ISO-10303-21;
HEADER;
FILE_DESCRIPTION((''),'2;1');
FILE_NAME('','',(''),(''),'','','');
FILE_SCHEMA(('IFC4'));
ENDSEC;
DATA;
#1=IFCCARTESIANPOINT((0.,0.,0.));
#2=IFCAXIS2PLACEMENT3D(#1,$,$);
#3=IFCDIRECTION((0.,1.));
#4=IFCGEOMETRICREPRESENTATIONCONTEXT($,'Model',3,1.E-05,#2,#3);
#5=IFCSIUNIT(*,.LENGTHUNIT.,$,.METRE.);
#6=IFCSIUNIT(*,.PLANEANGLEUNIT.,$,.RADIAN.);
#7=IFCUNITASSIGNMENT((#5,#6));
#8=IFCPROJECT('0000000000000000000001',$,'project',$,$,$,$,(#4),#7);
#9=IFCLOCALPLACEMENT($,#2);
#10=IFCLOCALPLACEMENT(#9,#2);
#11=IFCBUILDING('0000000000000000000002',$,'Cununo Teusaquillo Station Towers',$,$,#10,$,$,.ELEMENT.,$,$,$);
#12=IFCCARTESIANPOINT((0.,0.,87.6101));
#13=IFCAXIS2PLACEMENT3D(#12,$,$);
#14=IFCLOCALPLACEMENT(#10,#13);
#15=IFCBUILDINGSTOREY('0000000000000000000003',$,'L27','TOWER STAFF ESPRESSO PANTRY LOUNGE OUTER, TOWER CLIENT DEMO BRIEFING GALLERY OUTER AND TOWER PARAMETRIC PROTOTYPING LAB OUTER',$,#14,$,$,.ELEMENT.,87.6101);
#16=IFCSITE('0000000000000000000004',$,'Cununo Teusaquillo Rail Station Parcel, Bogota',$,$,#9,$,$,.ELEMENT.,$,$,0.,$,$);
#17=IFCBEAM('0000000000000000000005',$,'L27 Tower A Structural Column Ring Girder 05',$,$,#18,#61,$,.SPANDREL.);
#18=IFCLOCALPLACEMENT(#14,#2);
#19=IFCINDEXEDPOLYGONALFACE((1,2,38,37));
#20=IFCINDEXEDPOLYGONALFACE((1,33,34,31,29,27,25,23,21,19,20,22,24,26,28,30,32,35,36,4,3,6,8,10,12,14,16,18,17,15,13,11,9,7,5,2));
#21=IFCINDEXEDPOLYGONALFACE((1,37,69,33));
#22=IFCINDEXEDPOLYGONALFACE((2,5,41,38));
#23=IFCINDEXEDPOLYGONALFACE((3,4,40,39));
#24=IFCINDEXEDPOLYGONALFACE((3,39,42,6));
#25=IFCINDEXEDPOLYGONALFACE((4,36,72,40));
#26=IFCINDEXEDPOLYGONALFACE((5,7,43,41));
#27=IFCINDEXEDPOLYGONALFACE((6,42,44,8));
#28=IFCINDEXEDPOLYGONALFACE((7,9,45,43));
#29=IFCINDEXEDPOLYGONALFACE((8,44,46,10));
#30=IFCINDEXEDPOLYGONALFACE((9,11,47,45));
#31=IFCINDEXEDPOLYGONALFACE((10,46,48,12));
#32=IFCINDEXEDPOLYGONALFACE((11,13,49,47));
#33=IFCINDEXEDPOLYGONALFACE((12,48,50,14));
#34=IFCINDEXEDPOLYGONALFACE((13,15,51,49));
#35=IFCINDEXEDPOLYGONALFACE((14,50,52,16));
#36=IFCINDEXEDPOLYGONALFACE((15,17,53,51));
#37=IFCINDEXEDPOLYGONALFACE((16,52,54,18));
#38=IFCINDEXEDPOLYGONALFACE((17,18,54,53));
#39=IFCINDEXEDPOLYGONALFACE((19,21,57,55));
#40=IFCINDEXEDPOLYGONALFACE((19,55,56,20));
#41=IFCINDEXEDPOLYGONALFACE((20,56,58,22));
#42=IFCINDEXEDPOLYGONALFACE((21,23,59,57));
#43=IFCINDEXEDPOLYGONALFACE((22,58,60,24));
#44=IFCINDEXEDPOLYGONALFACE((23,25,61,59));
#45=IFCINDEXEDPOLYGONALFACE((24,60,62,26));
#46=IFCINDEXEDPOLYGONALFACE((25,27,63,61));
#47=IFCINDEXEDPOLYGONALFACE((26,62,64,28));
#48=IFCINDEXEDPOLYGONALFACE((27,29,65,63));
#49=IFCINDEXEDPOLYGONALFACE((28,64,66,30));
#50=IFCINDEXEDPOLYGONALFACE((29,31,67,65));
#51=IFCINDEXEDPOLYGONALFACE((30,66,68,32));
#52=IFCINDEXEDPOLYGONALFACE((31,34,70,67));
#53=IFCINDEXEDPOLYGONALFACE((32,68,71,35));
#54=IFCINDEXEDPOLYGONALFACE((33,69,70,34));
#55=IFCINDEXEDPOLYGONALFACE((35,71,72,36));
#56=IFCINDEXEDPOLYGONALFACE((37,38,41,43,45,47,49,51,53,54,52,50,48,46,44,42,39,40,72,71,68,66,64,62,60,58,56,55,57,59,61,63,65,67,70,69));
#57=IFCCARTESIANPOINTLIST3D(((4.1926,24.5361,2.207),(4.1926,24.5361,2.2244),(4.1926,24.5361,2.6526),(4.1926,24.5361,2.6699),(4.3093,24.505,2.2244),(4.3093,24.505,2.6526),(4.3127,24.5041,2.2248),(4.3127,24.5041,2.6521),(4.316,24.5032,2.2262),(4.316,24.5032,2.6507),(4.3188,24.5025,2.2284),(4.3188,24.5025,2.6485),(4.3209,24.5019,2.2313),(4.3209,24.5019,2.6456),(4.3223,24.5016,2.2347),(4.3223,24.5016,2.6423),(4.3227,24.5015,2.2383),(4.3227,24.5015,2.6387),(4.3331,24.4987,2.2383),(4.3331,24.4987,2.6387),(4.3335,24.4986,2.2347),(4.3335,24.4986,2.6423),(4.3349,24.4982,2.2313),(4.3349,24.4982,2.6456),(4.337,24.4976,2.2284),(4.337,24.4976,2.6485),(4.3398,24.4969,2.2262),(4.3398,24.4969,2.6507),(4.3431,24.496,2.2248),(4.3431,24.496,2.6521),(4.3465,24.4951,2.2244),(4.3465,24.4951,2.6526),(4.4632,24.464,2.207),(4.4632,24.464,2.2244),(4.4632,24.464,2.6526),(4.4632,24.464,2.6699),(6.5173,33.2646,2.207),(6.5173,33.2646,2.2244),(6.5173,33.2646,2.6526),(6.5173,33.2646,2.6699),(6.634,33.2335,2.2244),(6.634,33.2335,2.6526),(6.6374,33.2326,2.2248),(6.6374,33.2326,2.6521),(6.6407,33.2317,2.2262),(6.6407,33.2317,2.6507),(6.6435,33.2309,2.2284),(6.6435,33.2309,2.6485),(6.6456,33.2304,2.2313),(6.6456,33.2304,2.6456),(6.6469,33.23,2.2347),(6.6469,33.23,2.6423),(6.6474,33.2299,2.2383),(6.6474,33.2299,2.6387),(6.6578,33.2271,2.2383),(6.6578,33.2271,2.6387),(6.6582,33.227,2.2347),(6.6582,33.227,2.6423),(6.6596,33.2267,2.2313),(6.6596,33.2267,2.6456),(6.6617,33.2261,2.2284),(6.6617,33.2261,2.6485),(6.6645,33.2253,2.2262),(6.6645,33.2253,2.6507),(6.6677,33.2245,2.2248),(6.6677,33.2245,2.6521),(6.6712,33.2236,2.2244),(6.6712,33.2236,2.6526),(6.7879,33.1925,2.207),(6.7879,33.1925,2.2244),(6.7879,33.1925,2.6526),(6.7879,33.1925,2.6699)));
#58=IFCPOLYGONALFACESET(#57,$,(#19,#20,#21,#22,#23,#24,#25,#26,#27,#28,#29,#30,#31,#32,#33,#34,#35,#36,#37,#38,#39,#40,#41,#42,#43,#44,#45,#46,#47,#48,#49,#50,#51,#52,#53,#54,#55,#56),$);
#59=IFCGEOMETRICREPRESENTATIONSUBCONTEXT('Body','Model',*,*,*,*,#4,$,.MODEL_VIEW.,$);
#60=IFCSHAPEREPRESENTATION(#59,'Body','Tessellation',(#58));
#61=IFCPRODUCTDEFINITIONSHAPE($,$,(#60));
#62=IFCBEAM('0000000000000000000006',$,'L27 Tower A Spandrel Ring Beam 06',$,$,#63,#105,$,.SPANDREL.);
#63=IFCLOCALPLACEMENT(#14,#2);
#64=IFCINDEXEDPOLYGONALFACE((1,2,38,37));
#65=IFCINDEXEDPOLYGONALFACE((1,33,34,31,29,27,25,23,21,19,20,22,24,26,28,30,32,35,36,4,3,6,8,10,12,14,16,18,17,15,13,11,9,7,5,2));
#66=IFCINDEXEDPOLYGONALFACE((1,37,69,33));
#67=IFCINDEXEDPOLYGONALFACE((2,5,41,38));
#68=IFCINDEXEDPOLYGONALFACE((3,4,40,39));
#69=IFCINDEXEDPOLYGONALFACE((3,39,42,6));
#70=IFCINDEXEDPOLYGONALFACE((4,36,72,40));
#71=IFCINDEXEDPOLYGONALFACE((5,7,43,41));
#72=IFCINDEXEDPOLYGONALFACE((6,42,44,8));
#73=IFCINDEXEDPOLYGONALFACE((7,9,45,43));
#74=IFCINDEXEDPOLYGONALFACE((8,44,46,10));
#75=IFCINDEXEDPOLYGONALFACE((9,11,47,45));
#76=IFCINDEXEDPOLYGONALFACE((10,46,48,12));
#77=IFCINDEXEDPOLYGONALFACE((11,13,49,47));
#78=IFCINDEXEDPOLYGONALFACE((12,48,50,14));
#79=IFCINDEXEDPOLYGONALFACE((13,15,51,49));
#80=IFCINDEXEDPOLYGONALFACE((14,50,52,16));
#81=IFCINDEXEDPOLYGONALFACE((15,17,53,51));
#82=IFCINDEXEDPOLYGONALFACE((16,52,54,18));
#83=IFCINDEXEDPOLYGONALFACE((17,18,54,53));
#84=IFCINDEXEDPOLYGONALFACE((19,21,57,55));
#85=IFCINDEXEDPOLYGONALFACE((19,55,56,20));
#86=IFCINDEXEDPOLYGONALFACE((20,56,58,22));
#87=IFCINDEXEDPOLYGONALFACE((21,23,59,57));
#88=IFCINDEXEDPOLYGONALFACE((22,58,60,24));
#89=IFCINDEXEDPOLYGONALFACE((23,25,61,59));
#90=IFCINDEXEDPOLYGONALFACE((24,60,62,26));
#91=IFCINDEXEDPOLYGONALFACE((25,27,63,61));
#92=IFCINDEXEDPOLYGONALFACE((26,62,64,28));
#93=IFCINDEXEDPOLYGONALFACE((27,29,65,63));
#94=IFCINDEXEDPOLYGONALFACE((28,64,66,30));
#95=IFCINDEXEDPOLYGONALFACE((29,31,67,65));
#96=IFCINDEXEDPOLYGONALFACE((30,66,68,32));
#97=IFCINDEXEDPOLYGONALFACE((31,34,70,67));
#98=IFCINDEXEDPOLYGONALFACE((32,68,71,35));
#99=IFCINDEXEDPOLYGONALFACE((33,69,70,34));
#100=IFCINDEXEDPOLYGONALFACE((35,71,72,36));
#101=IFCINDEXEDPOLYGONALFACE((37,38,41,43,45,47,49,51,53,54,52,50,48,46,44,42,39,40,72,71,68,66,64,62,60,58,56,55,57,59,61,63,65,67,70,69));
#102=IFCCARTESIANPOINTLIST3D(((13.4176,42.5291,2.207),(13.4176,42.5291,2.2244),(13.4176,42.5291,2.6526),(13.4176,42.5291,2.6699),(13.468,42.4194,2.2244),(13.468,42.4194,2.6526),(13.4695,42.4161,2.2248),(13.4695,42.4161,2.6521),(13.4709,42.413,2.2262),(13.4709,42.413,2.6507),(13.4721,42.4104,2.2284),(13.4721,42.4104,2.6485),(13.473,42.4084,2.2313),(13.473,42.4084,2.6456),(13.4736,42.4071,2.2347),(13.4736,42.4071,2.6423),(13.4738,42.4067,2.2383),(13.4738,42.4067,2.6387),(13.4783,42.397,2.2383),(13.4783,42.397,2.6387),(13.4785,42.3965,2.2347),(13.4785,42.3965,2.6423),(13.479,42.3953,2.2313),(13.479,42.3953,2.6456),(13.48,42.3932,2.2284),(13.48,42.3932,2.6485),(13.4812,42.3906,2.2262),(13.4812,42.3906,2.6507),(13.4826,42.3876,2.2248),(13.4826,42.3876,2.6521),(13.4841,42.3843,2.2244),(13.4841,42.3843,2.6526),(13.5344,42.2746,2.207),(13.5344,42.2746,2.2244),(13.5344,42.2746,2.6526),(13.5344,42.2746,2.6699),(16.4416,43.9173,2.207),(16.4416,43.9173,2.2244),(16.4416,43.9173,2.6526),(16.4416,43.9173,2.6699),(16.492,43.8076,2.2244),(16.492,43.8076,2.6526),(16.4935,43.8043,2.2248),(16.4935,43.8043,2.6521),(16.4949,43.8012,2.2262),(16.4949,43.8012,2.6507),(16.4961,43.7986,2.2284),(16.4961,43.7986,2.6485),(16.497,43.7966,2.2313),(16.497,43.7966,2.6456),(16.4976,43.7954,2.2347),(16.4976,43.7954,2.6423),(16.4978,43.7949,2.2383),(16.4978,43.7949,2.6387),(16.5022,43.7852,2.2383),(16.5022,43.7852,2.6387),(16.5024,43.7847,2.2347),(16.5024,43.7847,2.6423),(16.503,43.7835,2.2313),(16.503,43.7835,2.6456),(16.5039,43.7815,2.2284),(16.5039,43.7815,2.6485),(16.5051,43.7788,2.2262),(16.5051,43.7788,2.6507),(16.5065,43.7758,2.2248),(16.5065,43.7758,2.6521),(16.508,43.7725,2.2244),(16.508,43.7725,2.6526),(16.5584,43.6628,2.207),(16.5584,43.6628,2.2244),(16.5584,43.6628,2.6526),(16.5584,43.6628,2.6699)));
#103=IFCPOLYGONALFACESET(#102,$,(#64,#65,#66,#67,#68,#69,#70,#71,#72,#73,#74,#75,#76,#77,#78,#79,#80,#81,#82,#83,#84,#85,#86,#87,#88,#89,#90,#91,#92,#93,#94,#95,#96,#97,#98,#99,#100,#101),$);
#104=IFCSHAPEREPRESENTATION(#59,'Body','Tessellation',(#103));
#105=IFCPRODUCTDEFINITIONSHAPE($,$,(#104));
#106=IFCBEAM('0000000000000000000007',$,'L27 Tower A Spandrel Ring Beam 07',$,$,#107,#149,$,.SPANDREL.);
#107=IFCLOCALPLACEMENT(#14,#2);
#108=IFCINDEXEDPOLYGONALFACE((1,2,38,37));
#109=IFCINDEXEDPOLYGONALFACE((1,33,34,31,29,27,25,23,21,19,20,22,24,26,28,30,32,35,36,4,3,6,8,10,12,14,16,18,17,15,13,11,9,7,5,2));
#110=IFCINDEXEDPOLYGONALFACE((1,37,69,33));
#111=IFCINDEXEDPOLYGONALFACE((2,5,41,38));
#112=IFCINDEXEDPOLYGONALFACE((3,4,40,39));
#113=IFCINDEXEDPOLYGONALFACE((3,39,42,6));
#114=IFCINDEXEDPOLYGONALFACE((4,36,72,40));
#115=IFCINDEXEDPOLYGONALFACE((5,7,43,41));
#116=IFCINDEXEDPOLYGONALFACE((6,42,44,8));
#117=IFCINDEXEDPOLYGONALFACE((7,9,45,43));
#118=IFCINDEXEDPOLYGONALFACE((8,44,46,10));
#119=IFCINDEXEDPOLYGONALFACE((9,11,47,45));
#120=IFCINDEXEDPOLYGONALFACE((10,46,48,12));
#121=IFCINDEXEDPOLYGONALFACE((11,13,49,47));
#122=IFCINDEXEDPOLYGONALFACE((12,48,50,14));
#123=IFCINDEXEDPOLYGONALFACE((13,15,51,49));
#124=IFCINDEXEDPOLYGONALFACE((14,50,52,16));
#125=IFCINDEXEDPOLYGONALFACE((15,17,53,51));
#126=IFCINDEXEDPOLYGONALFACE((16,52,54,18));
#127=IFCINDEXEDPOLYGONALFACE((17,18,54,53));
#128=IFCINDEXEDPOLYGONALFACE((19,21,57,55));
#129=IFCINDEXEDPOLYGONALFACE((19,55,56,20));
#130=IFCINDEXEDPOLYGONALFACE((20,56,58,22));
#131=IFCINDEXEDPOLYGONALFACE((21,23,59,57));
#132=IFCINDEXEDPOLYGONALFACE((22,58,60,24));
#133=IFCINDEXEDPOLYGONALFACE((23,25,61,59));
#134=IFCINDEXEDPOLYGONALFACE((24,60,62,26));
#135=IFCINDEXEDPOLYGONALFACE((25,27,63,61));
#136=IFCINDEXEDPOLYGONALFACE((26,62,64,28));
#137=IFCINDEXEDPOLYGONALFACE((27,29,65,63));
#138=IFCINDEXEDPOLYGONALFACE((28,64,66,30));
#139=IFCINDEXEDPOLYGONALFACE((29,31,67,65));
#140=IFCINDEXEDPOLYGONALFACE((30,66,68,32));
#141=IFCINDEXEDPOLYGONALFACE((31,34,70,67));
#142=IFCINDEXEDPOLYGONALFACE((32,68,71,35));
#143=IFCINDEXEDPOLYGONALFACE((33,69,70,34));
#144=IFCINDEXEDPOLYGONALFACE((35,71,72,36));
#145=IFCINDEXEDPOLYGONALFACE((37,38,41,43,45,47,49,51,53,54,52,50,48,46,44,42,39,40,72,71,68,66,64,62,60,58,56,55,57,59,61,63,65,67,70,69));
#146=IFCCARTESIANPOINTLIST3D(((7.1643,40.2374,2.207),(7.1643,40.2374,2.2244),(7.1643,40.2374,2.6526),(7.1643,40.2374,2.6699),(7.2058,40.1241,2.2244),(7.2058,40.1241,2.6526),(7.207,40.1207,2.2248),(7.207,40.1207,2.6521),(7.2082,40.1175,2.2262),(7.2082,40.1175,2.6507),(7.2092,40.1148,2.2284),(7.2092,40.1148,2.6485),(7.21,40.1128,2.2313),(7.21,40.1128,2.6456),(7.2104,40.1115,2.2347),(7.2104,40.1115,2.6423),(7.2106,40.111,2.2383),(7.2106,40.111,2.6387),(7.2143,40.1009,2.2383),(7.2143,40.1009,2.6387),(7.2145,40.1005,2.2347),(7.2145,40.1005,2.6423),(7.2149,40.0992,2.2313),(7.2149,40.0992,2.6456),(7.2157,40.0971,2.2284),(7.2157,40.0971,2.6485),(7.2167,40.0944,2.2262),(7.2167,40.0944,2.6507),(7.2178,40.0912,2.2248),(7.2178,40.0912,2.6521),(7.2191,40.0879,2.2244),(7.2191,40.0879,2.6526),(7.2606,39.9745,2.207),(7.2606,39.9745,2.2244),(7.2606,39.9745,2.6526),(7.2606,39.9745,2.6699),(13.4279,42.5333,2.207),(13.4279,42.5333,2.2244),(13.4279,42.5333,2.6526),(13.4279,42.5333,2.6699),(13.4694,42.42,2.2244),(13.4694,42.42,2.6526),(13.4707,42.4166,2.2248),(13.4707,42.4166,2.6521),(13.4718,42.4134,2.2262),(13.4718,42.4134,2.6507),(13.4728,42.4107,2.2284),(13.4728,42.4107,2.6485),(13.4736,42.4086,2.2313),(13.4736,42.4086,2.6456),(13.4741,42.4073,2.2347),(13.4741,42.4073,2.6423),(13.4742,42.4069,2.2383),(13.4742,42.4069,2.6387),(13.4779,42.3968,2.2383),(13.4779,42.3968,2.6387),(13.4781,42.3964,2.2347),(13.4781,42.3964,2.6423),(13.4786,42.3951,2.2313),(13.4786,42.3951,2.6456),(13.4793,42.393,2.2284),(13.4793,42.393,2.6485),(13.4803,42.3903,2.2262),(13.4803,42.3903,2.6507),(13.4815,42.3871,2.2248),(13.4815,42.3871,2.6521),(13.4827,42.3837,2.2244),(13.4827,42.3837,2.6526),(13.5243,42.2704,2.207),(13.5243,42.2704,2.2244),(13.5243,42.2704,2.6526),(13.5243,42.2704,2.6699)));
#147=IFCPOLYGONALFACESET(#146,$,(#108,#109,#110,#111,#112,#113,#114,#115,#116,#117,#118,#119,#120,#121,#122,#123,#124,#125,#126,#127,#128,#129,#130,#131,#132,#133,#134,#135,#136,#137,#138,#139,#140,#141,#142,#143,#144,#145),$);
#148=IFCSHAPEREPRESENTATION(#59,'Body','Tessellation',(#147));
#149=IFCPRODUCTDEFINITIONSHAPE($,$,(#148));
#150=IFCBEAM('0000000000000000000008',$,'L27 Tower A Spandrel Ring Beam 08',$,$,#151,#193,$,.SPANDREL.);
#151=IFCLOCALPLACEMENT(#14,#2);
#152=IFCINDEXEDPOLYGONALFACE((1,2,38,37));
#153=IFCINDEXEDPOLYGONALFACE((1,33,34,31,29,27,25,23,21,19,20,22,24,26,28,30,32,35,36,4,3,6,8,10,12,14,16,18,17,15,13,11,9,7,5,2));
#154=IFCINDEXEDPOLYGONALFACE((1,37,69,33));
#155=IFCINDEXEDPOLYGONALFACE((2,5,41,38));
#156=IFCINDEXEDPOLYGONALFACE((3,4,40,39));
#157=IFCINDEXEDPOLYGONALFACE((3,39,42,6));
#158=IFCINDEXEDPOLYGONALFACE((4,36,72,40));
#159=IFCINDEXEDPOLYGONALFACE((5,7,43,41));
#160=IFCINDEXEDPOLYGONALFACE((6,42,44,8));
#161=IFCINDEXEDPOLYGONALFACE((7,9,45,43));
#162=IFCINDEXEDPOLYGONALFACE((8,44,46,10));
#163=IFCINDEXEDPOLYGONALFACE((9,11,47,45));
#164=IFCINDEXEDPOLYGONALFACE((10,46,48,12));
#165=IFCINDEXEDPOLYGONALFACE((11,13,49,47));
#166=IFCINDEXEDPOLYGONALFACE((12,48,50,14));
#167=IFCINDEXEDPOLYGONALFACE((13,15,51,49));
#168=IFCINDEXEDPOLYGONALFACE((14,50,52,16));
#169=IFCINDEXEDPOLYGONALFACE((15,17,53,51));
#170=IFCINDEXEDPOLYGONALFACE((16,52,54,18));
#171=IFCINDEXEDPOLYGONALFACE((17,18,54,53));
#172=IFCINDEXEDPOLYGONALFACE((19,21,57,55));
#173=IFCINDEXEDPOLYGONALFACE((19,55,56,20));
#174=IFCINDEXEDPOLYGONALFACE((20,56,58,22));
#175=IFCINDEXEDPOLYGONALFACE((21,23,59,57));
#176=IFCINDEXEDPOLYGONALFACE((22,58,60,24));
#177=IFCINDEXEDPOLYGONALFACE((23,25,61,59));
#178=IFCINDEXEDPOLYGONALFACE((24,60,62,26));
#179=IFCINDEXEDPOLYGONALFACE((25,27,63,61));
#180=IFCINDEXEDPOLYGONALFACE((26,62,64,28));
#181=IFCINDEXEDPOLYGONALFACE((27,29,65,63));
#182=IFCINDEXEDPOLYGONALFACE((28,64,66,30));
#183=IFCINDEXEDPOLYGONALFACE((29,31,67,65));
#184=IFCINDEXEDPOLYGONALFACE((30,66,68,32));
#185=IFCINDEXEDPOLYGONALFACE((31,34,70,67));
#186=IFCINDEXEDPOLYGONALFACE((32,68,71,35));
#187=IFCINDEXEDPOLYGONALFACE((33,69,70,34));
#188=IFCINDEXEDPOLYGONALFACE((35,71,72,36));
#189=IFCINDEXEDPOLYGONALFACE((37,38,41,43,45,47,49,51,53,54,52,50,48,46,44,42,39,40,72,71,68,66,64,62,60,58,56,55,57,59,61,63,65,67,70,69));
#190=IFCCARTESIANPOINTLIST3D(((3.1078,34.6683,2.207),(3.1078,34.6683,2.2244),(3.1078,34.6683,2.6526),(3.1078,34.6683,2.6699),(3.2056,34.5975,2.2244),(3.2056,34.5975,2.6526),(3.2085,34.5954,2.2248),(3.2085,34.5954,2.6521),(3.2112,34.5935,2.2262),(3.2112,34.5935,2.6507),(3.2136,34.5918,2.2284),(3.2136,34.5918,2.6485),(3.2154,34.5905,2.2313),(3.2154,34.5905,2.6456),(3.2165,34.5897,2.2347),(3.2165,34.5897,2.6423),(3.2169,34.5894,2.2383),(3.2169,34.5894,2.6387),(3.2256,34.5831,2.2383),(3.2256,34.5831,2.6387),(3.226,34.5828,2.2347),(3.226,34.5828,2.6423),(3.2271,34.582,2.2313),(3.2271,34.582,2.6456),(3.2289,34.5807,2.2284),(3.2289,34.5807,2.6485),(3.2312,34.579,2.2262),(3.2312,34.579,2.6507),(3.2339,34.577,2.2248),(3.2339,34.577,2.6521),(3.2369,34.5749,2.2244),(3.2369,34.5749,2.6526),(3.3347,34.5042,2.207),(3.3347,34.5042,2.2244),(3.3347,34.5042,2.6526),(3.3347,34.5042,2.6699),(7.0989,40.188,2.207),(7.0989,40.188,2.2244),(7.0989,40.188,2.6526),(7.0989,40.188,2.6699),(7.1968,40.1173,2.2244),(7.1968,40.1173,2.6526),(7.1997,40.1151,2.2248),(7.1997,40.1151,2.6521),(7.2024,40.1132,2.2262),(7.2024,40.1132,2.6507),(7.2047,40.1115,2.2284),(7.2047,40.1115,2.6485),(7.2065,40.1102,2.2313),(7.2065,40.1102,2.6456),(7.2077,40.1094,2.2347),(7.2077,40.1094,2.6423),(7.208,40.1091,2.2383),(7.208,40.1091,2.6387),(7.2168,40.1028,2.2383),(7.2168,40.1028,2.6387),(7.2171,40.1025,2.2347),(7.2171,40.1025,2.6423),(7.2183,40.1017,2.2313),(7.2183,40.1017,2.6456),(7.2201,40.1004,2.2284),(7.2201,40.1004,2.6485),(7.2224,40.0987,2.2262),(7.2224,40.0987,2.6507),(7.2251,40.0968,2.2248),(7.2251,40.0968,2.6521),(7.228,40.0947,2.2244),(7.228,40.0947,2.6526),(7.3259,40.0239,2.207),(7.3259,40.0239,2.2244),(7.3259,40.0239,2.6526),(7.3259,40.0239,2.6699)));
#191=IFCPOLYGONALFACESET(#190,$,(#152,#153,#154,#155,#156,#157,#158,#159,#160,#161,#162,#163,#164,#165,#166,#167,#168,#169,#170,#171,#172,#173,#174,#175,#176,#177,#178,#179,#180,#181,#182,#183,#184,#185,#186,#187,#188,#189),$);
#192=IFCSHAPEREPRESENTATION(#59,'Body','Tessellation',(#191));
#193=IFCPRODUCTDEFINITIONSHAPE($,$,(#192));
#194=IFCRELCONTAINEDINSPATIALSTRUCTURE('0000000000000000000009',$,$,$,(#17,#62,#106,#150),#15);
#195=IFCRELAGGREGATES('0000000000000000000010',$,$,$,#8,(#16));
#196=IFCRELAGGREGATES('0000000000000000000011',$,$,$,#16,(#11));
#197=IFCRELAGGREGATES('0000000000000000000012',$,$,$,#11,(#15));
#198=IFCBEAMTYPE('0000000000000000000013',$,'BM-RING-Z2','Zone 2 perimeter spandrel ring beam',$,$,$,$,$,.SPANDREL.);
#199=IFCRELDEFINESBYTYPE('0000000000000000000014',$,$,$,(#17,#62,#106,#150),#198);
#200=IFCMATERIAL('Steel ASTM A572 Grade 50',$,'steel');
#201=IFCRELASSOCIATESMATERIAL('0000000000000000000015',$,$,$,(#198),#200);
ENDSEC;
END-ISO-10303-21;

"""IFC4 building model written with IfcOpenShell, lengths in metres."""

from ifc_helpers import new_model, si_unit, direction, frame, origin, origin_2d, place, context, subcontext, project, spatial, i_section, extrude, material, material_profile, profile_set, type_object, element, save


model = new_model("IFC4")

# Units and contexts
model_context = context("Model", 3, precision=1e-05, world=origin(), true_north=direction((0.0, 1.0)))
body_context = subcontext(model_context, "Body", "Model", "MODEL_VIEW")
ifc_project = project(units=[si_unit("LENGTHUNIT", "METRE"), si_unit("PLANEANGLEUNIT", "RADIAN")], contexts=[model_context])

# Site, building, storey
site_placement = place(None, origin())
site = spatial("IfcSite", under=ifc_project, at=site_placement, Name="Cununo Teusaquillo Rail Station Parcel, Bogota", CompositionType="ELEMENT", RefElevation=0.0)
building_placement = place(site_placement, origin())
building = spatial("IfcBuilding", under=site, at=building_placement, Name="Cununo Teusaquillo Station Towers", CompositionType="ELEMENT")
storey_placement = place(building_placement, frame((0.0, 0.0, 87.6101)))
storey = spatial("IfcBuildingStorey", under=building, at=storey_placement, Name="L27", Description="TOWER STAFF ESPRESSO PANTRY LOUNGE OUTER, TOWER CLIENT DEMO BRIEFING GALLERY OUTER AND TOWER PARAMETRIC PROTOTYPING LAB OUTER", CompositionType="ELEMENT", Elevation=87.6101)

# Beams
ifc_material_1 = material(Name="Steel ASTM A572 Grade 50", Category="steel")
ifc_material_profile_1 = material_profile(ifc_material_1, i_section(OverallWidth=0.28, OverallDepth=0.4629, WebThickness=0.0107, FlangeThickness=0.0173, FilletRadius=0.0139, at=origin_2d()), Name="W18X76")
ifc_profile_set_1 = profile_set([ifc_material_profile_1], Name="Steel ASTM A572 Grade 50")
beam_type_1 = type_object("IfcBeamType", Name="BM-RING-Z2", Description="Zone 2 perimeter spandrel ring beam", PredefinedType="SPANDREL", material=ifc_profile_set_1)
beam_1_placement = place(storey_placement, frame((6.6526, 33.2285, 2.4385), z_axis=(-0.257363, -0.966315, 0.0), x_axis=(0.966315, -0.257363, 0.0)))
element("IfcBeam", 1, at=beam_1_placement, inside=storey, type_object=beam_type_1, Name="L27 Tower A Structural Column Ring Girder 05", PredefinedType="SPANDREL", context=body_context, shape_type="SweptSolid", body=[
    extrude(i_section(OverallWidth=0.28, OverallDepth=0.4629, WebThickness=0.0107, FlangeThickness=0.0173, FilletRadius=0.0139, at=origin_2d()), origin(), (0.0, 0.0, 1.0), 9.0327),
])
beam_2_placement = place(storey_placement, frame((16.5, 43.79, 2.4385), z_axis=(-0.908812, -0.417205, 0.0), x_axis=(0.417205, -0.908812, 0.0)))
element("IfcBeam", 2, at=beam_2_placement, inside=storey, type_object=beam_type_1, Name="L27 Tower A Spandrel Ring Beam 06", PredefinedType="SPANDREL", context=body_context, shape_type="SweptSolid", body=[
    extrude(i_section(OverallWidth=0.28, OverallDepth=0.4629, WebThickness=0.0107, FlangeThickness=0.0173, FilletRadius=0.0139, at=origin_2d()), origin(), (0.0, 0.0, 1.0), 3.3274),
])
beam_3_placement = place(storey_placement, frame((13.4761, 42.4019, 2.4385), z_axis=(-0.938914, -0.344151, 0.0), x_axis=(0.344151, -0.938914, 0.0)))
element("IfcBeam", 3, at=beam_3_placement, inside=storey, type_object=beam_type_1, Name="L27 Tower A Spandrel Ring Beam 07", PredefinedType="SPANDREL", context=body_context, shape_type="SweptSolid", body=[
    extrude(i_section(OverallWidth=0.28, OverallDepth=0.4629, WebThickness=0.0107, FlangeThickness=0.0173, FilletRadius=0.0139, at=origin_2d()), origin(), (0.0, 0.0, 1.0), 6.6711),
])
beam_4_placement = place(storey_placement, frame((7.2124, 40.106, 2.4385), z_axis=(-0.585945, -0.810351, 0.0), x_axis=(0.810351, -0.585945, 0.0)))
element("IfcBeam", 4, at=beam_4_placement, inside=storey, type_object=beam_type_1, Name="L27 Tower A Spandrel Ring Beam 08", PredefinedType="SPANDREL", context=body_context, shape_type="SweptSolid", body=[
    extrude(i_section(OverallWidth=0.28, OverallDepth=0.4629, WebThickness=0.0107, FlangeThickness=0.0173, FilletRadius=0.0139, at=origin_2d()), origin(), (0.0, 0.0, 1.0), 6.8115),
])

save(model, "model.ifc")
